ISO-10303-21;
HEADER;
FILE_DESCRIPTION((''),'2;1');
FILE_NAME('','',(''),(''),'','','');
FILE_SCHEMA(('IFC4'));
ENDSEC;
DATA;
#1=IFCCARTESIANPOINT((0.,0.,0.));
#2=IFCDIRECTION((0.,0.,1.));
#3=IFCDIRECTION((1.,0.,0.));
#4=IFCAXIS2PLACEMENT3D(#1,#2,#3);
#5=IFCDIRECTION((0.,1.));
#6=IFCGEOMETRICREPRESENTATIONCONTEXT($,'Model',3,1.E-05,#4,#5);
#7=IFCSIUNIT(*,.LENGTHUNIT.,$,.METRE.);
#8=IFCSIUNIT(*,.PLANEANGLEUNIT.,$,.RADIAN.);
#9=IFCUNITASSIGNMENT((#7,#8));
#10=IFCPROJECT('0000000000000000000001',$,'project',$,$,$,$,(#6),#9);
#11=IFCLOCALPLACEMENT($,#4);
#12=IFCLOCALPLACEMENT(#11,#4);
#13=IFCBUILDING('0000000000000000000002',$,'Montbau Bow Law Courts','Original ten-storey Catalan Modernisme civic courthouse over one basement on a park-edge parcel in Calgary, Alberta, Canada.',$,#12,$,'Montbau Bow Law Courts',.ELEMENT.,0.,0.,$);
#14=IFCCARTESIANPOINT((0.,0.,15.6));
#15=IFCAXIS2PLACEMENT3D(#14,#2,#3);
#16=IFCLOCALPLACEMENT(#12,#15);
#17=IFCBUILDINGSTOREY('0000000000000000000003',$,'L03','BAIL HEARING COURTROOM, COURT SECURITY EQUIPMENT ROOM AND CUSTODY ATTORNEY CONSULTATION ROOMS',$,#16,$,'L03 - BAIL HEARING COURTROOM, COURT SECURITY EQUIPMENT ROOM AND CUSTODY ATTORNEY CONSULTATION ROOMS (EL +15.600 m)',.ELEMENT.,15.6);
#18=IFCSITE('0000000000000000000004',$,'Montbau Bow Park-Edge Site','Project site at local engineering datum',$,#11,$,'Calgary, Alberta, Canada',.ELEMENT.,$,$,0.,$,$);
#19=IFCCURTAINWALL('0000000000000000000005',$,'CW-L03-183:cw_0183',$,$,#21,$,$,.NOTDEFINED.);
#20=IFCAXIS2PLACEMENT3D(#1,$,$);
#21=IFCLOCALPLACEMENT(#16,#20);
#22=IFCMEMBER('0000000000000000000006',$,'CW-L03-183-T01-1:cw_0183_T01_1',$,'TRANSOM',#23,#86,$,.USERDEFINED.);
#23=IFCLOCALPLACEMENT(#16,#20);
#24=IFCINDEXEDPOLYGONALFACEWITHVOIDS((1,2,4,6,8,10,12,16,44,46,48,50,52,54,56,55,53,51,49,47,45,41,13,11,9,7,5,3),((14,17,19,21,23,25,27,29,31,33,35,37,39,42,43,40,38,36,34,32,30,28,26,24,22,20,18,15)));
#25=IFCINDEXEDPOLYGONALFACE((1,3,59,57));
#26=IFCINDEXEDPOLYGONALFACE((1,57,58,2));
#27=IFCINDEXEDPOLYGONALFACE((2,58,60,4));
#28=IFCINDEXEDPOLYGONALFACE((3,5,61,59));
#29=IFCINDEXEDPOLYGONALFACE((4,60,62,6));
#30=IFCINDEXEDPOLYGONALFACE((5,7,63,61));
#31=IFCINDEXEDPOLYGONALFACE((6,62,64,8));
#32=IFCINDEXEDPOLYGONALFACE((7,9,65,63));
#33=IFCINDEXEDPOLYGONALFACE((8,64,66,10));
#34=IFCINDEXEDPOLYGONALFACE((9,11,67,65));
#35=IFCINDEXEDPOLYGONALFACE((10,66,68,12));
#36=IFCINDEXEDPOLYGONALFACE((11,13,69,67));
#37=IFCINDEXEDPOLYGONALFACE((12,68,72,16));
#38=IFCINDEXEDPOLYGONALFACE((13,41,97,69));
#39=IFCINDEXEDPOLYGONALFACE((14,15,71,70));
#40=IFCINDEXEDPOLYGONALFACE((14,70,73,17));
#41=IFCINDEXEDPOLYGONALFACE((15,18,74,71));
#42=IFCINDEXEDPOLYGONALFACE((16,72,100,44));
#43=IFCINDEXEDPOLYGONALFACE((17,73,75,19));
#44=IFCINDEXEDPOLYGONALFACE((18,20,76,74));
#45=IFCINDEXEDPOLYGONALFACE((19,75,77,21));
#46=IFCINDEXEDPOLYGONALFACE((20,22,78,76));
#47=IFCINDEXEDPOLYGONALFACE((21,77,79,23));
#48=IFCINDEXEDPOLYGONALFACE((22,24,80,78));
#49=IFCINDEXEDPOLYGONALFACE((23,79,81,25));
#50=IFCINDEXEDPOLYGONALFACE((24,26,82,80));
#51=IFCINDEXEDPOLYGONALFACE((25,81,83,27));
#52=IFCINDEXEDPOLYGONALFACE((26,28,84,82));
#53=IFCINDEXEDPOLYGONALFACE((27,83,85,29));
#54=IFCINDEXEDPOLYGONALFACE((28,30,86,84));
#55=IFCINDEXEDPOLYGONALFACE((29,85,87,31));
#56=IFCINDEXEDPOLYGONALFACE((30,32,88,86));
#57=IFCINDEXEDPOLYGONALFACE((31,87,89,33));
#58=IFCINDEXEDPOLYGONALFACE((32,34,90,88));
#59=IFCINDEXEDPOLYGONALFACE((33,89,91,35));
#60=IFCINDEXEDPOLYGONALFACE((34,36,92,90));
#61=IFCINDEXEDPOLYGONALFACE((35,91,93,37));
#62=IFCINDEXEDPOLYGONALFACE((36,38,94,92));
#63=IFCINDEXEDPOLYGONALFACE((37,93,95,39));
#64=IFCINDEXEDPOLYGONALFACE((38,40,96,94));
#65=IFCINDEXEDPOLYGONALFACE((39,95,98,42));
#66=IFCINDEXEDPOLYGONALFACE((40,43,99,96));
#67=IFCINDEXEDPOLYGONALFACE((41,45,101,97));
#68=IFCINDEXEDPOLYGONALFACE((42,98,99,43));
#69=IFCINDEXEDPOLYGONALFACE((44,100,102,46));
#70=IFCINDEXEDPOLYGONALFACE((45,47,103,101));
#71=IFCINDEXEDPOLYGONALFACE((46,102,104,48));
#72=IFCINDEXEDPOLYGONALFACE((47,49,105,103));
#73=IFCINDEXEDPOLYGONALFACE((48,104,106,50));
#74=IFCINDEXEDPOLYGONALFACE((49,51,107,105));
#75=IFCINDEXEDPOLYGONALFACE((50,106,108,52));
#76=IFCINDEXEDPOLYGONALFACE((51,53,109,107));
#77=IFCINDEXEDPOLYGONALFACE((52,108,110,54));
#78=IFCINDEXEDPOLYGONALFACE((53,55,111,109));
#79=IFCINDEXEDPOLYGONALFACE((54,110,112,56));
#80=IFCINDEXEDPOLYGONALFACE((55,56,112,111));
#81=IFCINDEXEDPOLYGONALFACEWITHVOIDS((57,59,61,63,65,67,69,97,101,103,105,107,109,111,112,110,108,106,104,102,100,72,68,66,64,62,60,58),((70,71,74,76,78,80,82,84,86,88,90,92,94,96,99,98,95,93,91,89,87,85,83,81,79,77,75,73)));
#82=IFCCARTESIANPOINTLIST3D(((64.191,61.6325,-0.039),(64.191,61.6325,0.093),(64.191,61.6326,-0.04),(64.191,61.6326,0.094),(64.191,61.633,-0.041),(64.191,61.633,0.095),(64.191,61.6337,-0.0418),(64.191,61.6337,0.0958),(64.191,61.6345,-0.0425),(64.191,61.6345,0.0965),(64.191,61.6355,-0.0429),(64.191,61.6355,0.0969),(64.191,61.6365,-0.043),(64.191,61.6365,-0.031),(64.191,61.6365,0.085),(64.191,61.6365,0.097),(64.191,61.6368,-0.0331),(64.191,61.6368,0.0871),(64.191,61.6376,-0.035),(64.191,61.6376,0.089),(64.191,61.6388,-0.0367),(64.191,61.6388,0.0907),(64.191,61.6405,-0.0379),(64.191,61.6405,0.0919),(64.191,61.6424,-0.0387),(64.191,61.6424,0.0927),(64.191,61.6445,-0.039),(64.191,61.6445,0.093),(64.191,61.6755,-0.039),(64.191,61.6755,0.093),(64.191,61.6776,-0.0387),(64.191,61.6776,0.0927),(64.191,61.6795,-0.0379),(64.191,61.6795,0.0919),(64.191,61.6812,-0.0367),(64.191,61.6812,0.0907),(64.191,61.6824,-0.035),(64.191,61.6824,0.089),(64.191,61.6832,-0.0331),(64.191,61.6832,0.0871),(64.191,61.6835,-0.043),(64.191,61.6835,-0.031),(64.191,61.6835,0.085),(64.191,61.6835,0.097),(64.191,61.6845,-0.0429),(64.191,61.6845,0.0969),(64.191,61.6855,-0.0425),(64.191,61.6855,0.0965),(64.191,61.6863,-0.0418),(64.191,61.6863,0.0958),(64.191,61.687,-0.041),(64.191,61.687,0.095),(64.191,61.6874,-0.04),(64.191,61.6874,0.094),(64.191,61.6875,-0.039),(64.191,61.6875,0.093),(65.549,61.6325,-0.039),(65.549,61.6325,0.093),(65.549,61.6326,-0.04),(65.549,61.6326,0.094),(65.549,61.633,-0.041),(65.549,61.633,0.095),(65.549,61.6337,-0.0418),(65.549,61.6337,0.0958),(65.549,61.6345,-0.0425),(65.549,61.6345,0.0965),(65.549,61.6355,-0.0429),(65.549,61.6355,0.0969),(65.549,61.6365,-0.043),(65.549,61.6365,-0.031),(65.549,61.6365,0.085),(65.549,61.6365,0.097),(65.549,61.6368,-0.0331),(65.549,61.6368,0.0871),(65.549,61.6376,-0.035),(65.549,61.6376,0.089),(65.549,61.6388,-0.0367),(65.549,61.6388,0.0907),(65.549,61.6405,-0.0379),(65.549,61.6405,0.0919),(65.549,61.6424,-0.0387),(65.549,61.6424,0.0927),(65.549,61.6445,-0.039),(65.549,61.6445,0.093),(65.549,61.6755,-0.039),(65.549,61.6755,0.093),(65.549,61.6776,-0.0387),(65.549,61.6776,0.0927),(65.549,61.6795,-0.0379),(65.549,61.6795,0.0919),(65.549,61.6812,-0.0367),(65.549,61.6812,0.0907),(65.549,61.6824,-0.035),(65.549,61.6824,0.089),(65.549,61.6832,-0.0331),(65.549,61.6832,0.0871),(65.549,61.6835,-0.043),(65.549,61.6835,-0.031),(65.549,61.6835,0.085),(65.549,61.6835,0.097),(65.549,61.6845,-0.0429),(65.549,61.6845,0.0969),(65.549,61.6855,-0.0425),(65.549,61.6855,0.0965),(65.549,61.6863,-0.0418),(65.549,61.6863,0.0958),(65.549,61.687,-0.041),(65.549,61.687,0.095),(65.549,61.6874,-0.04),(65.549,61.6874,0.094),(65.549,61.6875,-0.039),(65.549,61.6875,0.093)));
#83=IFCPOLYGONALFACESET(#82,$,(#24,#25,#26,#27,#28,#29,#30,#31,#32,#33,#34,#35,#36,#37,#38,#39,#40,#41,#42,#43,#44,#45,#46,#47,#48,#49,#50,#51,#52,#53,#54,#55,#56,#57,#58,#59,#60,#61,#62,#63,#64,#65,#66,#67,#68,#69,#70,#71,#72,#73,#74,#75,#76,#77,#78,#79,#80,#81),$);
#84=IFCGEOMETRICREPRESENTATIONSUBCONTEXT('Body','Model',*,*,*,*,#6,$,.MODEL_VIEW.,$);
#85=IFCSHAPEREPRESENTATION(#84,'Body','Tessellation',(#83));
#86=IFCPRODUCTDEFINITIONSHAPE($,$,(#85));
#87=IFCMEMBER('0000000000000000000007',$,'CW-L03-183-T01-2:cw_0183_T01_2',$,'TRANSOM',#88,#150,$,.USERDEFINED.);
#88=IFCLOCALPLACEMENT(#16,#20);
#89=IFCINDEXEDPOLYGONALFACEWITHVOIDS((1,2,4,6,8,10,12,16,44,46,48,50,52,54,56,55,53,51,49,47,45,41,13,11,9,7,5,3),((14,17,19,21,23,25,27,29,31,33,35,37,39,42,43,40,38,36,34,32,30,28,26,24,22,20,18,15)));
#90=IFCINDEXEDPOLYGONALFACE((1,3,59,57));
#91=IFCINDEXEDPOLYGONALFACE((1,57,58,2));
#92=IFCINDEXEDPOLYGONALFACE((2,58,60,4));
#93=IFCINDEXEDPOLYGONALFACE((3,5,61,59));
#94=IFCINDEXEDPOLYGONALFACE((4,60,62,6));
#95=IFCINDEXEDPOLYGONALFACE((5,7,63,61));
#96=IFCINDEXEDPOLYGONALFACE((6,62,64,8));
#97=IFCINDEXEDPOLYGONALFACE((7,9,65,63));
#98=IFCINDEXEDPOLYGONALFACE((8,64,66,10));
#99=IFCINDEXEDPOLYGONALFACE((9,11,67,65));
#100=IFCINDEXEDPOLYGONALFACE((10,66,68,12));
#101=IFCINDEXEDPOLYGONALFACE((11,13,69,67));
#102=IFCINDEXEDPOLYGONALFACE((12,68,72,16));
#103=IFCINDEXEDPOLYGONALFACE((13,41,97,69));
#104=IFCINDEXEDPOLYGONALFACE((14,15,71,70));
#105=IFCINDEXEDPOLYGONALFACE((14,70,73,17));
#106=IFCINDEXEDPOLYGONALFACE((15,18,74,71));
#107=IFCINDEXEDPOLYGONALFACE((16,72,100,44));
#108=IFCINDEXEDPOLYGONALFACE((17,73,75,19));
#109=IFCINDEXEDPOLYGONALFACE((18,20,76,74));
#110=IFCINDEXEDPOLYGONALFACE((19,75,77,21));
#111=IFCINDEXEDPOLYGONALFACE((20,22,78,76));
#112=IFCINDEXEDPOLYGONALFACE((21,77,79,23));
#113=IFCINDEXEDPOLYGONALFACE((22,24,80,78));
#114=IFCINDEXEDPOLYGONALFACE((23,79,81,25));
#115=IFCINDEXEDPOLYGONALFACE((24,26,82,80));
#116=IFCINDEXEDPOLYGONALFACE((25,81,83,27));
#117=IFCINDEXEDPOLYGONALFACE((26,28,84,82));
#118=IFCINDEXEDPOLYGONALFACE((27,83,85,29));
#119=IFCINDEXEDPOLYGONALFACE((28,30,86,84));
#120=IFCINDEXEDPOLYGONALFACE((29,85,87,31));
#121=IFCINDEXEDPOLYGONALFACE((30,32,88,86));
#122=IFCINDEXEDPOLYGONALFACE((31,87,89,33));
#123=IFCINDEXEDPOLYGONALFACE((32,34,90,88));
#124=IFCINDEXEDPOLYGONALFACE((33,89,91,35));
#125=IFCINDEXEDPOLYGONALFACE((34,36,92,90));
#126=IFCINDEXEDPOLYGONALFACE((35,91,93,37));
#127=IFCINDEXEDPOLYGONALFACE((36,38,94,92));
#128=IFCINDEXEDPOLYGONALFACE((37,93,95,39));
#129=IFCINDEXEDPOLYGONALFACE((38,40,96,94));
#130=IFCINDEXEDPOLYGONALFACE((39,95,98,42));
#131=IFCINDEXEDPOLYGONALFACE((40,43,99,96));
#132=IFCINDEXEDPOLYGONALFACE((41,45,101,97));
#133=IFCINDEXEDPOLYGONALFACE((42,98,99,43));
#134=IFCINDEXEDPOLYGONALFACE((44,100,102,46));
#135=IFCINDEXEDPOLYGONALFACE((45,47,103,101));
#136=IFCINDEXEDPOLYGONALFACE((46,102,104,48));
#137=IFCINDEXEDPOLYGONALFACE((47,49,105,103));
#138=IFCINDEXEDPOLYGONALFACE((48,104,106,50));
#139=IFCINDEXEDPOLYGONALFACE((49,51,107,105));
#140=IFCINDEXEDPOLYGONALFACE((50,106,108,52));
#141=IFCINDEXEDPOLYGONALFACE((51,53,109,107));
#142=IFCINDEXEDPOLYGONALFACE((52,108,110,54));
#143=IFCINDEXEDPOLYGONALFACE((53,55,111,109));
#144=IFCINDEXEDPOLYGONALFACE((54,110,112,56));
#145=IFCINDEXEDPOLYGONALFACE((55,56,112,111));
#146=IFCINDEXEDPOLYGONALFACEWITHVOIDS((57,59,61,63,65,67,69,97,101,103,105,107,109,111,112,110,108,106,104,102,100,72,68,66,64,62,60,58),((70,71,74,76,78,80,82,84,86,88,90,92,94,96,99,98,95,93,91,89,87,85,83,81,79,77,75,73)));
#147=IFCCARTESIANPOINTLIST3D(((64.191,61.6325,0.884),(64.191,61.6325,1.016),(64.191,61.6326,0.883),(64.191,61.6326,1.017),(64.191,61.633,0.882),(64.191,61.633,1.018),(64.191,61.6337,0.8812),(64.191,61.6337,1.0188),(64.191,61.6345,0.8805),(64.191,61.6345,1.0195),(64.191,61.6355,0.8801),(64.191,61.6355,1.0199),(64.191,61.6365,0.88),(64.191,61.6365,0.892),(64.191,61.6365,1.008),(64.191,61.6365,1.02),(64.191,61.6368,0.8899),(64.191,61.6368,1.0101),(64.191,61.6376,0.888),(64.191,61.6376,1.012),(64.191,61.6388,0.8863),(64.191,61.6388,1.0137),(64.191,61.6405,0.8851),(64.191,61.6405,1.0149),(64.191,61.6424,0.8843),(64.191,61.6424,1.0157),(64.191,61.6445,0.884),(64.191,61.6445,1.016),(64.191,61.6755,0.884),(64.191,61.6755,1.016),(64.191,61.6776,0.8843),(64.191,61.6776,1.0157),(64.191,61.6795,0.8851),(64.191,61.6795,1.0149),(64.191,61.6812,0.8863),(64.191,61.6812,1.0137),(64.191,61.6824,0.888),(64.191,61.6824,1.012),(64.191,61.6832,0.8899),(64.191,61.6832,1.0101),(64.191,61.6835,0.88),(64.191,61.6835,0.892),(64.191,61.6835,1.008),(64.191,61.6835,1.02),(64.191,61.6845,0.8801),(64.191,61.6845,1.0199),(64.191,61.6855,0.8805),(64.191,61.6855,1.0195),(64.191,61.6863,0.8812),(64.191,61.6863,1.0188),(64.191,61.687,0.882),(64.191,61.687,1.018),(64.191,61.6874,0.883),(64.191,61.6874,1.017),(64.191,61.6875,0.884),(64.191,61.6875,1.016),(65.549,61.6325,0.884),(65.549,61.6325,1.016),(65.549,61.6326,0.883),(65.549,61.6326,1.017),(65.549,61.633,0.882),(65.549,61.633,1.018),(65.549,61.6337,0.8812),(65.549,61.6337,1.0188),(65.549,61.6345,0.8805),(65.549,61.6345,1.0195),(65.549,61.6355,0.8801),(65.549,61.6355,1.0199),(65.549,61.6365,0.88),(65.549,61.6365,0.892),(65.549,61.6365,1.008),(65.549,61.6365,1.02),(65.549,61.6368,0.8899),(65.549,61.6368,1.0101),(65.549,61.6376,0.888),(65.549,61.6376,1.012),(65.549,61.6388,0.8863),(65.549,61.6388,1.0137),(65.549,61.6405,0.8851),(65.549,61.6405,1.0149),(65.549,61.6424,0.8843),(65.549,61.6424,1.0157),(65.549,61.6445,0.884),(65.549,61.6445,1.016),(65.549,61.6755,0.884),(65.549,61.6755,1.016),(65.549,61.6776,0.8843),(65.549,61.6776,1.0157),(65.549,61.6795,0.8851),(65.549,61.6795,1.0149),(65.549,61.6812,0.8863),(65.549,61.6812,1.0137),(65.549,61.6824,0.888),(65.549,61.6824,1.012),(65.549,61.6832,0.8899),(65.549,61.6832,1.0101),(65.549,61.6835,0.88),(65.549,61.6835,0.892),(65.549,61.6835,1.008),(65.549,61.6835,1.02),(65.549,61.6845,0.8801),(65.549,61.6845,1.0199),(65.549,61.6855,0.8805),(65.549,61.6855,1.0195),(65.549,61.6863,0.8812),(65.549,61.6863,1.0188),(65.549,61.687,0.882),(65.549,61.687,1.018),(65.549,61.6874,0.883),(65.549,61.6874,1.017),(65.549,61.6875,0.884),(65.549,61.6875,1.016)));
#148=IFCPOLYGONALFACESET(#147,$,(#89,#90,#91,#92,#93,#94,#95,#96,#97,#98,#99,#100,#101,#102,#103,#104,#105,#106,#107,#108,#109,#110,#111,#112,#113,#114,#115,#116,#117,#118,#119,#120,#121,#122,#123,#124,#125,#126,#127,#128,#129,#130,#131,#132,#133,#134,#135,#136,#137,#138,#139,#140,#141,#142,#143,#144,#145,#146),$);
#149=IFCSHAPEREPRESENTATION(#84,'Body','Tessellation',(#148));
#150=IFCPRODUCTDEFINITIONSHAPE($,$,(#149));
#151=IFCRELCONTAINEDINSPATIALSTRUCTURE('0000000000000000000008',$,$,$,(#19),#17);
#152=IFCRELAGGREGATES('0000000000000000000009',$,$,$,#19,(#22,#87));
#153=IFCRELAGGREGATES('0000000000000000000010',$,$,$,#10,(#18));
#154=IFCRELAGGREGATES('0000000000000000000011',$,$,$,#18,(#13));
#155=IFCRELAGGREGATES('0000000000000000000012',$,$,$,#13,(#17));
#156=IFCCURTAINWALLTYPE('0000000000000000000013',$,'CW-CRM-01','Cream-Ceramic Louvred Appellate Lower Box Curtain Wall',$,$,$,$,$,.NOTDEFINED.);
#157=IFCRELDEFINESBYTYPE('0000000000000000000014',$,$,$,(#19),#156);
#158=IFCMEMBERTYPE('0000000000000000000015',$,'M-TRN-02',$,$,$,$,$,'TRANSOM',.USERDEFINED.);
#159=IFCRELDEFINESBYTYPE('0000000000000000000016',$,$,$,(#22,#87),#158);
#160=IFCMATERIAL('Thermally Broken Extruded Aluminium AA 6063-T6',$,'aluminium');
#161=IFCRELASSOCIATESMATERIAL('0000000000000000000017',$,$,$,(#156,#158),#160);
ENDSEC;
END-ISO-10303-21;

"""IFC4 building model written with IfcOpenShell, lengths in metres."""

from ifc_helpers import new_model, si_unit, direction, frame, origin_with_axes, origin_2d_with_axis, place, context, subcontext, project, spatial, hollow_rectangle, extrude, material, material_profile, profile_set, type_object, element, aggregate, save


model = new_model("IFC4")

# Units and contexts
model_context = context("Model", 3, precision=1e-05, world=origin_with_axes(), true_north=direction((0.0, 1.0)))
body_context = subcontext(model_context, "Body", "Model", "MODEL_VIEW")
ifc_project = project(units=[si_unit("LENGTHUNIT", "METRE"), si_unit("PLANEANGLEUNIT", "RADIAN")], contexts=[model_context])

# Site, building, storey
site_placement = place(None, origin_with_axes())
site = spatial("IfcSite", under=ifc_project, at=site_placement, Name="Montbau Bow Park-Edge Site", Description="Project site at local engineering datum", LongName="Calgary, Alberta, Canada", CompositionType="ELEMENT", RefElevation=0.0)
building_placement = place(site_placement, origin_with_axes())
building = spatial("IfcBuilding", under=site, at=building_placement, Name="Montbau Bow Law Courts", Description="Original ten-storey Catalan Modernisme civic courthouse over one basement on a park-edge parcel in Calgary, Alberta, Canada.", LongName="Montbau Bow Law Courts", CompositionType="ELEMENT", ElevationOfRefHeight=0.0, ElevationOfTerrain=0.0)
storey_placement = place(building_placement, frame((0.0, 0.0, 15.6), z_axis=(0.0, 0.0, 1.0), x_axis=(1.0, 0.0, 0.0)))
storey = spatial("IfcBuildingStorey", under=building, at=storey_placement, Name="L03", Description="BAIL HEARING COURTROOM, COURT SECURITY EQUIPMENT ROOM AND CUSTODY ATTORNEY CONSULTATION ROOMS", LongName="L03 - BAIL HEARING COURTROOM, COURT SECURITY EQUIPMENT ROOM AND CUSTODY ATTORNEY CONSULTATION ROOMS (EL +15.600 m)", CompositionType="ELEMENT", Elevation=15.6)

# Curtain wall
ifc_material_1 = material(Name="Thermally Broken Extruded Aluminium AA 6063-T6", Category="aluminium")
curtain_wall_type = type_object("IfcCurtainWallType", Name="CW-CRM-01", Description="Cream-Ceramic Louvred Appellate Lower Box Curtain Wall", PredefinedType="NOTDEFINED", material=ifc_material_1)
curtain_wall_1_placement = place(None, frame((64.115, 61.66, 15.6), z_axis=(0.0, 0.0, 1.0), x_axis=(1.0, 0.0, 0.0)))
curtain_wall_1 = element("IfcCurtainWall", 1, at=curtain_wall_1_placement, inside=storey, type_object=curtain_wall_type, Name="CW-L03-183:cw_0183", PredefinedType="NOTDEFINED")

# Members
ifc_material_profile_1 = material_profile(ifc_material_1, hollow_rectangle(XDim=0.055, YDim=0.14, WallThickness=0.004, InnerFilletRadius=0.008, OuterFilletRadius=0.004, at=origin_2d_with_axis()), Name="CWT-140X55", Category="Main", Priority=0)
ifc_profile_set_1 = profile_set([ifc_material_profile_1], Name="Thermally Broken Extruded Aluminium AA 6063-T6")
member_type_1 = type_object("IfcMemberType", Name="M-TRN-02", ElementType="TRANSOM", PredefinedType="USERDEFINED", material=ifc_profile_set_1)
member_1_placement = place(None, frame((64.191, 61.66, 15.627), z_axis=(1.0, 0.0, 0.0), x_axis=(0.0, 1.0, 0.0)))
member_1 = element("IfcMember", 2, at=member_1_placement, type_object=member_type_1, Name="CW-L03-183-T01-1:cw_0183_T01_1", ObjectType="TRANSOM", PredefinedType="USERDEFINED", context=body_context, shape_type="SweptSolid", body=[
    extrude(hollow_rectangle(XDim=0.055, YDim=0.14, WallThickness=0.004, InnerFilletRadius=0.008, OuterFilletRadius=0.004, at=origin_2d_with_axis()), origin_with_axes(), (0.0, 0.0, 1.0), 1.358),
])
member_2_placement = place(None, frame((64.191, 61.66, 16.55), z_axis=(1.0, 0.0, 0.0), x_axis=(0.0, 1.0, 0.0)))
member_2 = element("IfcMember", 3, at=member_2_placement, type_object=member_type_1, Name="CW-L03-183-T01-2:cw_0183_T01_2", ObjectType="TRANSOM", PredefinedType="USERDEFINED", context=body_context, shape_type="SweptSolid", body=[
    extrude(hollow_rectangle(XDim=0.055, YDim=0.14, WallThickness=0.004, InnerFilletRadius=0.008, OuterFilletRadius=0.004, at=origin_2d_with_axis()), origin_with_axes(), (0.0, 0.0, 1.0), 1.358),
])

aggregate(curtain_wall_1, [member_1, member_2])

save(model, "model.ifc")
